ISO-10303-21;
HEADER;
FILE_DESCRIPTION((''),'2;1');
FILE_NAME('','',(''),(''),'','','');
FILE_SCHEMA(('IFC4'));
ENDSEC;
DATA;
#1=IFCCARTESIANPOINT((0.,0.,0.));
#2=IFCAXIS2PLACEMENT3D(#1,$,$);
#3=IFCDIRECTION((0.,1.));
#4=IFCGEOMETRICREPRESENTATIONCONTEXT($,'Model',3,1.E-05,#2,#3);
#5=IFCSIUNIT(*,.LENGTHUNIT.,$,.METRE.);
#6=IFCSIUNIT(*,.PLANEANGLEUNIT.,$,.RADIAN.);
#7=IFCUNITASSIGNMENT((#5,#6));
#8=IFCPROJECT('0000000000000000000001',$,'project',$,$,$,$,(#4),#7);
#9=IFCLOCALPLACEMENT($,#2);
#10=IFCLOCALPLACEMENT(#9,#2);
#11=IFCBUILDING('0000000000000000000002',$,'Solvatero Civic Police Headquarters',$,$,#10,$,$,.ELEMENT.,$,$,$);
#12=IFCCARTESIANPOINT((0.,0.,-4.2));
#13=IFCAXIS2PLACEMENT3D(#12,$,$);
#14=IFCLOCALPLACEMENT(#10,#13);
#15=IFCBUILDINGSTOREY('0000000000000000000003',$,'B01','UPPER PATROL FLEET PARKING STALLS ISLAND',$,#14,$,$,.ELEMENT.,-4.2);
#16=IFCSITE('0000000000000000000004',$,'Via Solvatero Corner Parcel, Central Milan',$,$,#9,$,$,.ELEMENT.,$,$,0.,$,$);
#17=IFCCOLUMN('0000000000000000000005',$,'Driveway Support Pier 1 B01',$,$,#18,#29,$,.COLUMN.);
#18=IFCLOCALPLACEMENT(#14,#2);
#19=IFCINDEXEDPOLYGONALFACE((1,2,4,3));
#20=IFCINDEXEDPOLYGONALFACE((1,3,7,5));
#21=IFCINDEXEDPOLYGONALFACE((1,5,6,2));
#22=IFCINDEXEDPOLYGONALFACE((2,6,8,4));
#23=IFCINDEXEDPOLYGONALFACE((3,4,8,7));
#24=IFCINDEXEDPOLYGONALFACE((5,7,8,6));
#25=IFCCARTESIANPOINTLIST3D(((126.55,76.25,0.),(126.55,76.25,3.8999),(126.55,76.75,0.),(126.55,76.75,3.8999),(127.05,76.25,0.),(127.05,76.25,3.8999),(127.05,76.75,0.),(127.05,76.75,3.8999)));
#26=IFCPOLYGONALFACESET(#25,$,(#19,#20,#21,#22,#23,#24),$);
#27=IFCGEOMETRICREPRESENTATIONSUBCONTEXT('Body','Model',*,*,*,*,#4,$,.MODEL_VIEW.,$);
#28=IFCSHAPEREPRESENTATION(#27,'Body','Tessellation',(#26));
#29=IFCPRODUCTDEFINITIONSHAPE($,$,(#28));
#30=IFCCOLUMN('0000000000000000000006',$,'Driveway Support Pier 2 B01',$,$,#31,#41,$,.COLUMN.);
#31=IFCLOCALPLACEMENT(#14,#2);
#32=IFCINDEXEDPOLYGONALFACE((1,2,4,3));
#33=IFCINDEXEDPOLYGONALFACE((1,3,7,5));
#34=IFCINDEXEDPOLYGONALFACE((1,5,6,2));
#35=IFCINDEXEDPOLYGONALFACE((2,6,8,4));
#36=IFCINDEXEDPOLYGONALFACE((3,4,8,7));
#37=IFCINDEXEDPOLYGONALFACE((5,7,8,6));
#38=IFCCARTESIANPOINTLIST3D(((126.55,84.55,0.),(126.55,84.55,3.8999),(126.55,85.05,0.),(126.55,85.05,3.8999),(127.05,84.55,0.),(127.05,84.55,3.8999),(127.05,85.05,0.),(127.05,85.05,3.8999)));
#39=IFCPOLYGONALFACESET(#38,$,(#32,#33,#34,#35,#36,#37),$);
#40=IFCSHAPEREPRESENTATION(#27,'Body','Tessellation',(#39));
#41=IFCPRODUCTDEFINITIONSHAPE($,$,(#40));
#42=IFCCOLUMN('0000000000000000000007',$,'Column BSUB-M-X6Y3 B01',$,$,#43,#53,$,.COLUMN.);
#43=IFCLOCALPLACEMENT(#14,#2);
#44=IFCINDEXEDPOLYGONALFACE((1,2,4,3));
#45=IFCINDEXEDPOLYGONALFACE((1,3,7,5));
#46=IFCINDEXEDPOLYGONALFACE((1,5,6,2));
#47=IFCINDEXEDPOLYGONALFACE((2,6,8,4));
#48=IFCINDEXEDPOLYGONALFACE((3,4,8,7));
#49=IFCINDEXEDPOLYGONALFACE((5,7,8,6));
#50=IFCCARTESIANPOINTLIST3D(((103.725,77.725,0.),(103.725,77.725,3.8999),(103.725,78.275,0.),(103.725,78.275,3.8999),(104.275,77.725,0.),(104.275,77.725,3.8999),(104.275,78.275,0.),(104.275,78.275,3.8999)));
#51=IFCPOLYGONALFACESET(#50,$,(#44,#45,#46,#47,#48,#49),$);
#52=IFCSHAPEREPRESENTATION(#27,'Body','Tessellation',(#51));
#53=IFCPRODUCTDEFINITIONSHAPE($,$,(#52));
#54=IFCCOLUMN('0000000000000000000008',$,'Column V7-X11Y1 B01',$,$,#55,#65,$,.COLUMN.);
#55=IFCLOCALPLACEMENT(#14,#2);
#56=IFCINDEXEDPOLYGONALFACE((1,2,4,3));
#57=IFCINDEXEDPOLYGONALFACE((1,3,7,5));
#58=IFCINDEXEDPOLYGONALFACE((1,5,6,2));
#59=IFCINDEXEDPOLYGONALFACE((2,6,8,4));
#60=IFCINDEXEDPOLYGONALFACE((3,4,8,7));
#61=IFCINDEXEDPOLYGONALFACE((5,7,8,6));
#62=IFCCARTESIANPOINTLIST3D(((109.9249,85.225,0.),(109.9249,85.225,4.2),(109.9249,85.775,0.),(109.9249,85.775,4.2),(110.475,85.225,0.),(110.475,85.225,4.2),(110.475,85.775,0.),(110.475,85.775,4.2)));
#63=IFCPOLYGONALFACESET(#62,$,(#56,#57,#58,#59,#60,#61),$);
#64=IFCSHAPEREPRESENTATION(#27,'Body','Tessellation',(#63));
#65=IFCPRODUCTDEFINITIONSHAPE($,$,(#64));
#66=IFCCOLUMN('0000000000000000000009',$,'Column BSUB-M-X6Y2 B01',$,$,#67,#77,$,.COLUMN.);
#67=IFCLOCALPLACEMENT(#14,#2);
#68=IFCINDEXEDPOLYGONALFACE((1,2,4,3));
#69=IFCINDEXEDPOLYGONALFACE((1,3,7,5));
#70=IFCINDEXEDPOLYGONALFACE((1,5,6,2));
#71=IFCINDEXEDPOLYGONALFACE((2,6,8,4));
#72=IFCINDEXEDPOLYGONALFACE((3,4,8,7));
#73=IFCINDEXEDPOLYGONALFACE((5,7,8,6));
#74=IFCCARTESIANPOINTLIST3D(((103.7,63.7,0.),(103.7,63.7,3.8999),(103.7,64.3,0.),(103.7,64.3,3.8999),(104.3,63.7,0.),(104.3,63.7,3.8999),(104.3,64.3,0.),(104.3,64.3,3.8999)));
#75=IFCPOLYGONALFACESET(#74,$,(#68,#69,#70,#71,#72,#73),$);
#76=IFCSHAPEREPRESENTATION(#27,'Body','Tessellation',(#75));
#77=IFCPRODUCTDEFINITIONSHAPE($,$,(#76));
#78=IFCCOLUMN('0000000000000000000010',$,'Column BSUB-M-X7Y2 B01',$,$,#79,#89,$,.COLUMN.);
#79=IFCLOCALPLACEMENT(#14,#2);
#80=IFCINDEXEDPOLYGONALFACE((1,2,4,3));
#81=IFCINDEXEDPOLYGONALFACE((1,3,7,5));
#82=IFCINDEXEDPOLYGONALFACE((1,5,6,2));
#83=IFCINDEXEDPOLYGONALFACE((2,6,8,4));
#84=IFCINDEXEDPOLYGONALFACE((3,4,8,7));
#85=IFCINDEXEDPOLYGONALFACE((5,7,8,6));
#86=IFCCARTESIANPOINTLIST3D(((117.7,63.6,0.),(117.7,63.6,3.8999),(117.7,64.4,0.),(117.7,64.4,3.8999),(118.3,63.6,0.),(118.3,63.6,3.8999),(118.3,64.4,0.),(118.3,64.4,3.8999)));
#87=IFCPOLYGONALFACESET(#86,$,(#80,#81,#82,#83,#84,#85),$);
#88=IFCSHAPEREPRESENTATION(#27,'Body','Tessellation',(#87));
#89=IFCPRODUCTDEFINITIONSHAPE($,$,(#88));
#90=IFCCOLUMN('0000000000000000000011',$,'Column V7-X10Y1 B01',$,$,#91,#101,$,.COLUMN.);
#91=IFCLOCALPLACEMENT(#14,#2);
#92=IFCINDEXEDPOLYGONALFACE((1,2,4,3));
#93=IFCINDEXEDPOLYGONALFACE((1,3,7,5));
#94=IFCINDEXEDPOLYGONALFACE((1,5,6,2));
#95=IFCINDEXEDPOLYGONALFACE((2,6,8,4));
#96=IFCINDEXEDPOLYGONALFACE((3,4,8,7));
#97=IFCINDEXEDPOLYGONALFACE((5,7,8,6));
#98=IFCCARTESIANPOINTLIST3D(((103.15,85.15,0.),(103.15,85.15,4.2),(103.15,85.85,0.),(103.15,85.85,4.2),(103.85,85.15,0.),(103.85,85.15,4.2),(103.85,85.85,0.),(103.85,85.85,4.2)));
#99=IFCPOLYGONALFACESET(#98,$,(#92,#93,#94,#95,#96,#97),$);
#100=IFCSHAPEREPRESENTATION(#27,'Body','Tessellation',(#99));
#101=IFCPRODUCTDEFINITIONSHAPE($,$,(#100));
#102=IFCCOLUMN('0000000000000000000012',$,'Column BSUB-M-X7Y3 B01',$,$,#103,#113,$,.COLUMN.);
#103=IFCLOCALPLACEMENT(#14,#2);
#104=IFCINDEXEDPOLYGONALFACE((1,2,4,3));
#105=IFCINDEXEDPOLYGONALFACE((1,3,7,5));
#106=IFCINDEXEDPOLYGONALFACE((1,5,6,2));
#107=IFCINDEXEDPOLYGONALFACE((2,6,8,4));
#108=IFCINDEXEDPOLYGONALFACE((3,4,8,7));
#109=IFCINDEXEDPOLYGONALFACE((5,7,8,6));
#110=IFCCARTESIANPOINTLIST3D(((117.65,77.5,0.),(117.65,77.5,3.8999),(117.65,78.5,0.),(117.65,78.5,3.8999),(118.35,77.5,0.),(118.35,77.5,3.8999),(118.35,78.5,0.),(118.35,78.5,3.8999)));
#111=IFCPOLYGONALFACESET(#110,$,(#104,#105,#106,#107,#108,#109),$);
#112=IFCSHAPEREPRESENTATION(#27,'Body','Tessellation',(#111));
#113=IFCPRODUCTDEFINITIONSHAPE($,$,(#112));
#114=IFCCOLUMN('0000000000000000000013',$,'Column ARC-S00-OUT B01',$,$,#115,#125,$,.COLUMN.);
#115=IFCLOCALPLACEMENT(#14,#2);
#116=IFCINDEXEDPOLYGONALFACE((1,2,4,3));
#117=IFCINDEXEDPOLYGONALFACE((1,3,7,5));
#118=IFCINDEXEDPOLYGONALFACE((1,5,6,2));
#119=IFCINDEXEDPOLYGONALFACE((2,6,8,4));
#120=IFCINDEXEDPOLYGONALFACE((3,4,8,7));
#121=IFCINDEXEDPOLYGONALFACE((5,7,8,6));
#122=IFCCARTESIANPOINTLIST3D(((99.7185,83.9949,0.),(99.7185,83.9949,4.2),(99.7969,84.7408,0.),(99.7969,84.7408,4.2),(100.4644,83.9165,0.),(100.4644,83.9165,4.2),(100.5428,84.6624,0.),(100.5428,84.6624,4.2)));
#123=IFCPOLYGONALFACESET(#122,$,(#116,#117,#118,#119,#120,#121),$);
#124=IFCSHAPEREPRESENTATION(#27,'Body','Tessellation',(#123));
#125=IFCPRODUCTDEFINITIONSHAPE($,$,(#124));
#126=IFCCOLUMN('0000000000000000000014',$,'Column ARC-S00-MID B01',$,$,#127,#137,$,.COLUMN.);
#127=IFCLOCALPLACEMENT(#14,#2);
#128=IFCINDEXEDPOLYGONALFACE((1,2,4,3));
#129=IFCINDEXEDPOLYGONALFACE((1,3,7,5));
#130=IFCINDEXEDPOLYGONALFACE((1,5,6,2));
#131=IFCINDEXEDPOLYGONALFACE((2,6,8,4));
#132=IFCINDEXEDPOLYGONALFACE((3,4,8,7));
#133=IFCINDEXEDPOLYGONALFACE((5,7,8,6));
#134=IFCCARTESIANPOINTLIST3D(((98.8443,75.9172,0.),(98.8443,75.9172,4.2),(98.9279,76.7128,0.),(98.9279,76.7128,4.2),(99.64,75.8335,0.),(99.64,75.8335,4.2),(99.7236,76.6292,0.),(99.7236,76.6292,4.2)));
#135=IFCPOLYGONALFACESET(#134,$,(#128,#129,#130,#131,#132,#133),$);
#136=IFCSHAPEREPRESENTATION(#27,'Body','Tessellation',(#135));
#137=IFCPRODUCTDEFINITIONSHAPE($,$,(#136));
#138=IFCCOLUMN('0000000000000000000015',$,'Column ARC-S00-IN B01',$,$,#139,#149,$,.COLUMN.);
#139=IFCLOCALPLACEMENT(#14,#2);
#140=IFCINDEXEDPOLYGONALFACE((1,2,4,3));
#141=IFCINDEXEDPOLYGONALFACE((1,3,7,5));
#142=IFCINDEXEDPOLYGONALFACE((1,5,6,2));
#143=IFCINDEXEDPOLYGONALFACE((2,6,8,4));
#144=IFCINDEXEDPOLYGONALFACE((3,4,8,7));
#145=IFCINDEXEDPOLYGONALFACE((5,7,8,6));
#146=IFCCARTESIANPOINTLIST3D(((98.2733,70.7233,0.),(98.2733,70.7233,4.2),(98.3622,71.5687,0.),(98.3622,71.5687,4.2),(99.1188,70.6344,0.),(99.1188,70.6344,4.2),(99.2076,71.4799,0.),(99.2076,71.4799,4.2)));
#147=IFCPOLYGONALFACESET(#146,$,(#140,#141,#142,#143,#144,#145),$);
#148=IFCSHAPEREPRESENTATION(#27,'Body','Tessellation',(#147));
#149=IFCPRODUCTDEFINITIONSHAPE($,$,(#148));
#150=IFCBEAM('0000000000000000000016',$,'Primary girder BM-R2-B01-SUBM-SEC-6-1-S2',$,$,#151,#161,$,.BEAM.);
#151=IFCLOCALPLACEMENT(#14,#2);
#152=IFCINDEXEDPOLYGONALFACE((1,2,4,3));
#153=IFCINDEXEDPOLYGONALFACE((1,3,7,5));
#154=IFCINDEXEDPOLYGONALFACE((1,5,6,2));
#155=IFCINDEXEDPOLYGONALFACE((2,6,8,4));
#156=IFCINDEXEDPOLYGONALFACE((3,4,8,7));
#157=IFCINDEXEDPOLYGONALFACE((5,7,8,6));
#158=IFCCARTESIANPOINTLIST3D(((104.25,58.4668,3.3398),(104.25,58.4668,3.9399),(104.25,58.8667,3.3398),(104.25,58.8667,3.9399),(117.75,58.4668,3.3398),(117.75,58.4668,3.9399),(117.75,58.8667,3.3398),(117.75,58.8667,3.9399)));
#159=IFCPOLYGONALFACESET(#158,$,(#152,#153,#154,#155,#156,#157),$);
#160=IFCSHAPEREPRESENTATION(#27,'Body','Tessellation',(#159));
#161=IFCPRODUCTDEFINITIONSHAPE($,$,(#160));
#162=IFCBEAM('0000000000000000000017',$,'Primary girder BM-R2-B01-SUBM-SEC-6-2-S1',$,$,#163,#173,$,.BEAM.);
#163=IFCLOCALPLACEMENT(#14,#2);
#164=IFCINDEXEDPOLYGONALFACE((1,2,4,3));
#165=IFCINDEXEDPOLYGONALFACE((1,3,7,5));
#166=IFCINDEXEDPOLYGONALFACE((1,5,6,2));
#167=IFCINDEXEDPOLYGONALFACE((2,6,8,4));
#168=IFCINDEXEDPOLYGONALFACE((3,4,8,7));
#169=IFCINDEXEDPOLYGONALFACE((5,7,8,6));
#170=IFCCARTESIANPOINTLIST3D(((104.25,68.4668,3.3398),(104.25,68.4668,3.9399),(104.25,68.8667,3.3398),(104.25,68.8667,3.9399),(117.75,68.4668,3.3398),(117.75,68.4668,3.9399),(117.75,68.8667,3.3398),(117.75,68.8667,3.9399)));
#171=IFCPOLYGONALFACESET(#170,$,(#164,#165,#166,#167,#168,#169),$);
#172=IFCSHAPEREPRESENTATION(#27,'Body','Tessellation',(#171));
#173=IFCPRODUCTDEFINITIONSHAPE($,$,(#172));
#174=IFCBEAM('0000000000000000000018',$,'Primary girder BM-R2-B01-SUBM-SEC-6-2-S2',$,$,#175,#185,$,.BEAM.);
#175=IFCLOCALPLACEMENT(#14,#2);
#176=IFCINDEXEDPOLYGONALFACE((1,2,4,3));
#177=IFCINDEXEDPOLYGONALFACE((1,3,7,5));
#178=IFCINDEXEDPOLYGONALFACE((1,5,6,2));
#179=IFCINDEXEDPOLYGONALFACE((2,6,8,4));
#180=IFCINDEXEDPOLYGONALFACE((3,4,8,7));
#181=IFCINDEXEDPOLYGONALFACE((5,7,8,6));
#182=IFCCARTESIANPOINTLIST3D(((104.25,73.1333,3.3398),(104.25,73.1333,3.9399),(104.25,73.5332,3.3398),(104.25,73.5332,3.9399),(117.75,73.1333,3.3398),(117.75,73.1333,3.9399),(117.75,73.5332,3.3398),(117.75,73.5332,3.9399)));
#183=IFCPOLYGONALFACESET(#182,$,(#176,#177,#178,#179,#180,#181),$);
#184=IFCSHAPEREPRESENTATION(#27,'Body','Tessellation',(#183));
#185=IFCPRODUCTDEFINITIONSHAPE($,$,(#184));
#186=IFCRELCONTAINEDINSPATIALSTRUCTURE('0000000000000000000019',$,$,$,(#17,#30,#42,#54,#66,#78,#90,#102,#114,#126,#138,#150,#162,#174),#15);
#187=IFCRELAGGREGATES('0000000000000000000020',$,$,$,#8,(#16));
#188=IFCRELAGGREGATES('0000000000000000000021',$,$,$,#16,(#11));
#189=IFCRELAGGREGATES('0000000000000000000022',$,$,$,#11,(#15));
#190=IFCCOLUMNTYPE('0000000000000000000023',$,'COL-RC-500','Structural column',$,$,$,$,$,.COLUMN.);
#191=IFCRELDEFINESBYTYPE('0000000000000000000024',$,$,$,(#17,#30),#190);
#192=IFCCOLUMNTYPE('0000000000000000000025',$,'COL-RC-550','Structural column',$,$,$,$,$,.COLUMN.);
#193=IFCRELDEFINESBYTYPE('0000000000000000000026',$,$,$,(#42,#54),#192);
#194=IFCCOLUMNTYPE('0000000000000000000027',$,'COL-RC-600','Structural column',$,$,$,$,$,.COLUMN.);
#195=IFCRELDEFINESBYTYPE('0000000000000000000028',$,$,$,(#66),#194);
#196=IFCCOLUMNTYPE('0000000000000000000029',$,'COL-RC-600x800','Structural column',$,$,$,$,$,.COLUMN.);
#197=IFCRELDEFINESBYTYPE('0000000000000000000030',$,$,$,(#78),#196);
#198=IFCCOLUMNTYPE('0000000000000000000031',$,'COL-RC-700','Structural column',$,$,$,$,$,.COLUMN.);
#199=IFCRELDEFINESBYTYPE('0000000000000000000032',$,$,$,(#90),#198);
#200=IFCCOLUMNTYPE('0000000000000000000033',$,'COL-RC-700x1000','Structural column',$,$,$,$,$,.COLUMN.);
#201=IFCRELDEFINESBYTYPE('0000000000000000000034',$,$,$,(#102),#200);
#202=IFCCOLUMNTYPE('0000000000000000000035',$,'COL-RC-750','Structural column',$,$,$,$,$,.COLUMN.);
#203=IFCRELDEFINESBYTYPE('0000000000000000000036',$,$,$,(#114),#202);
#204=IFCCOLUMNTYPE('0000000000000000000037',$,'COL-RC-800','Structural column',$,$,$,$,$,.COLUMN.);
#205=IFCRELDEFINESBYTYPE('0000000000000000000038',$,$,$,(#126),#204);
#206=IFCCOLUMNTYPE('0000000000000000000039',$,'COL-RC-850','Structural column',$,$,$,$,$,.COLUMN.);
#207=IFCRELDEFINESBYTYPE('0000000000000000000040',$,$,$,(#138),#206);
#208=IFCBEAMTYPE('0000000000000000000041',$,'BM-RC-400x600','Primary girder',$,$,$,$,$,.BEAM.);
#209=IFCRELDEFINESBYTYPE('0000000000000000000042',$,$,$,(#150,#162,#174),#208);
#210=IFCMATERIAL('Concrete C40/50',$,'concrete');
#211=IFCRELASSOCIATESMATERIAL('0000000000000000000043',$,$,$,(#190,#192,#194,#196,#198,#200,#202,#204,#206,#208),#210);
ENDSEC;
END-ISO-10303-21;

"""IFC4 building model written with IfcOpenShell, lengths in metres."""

from ifc_helpers import new_model, si_unit, direction, frame, origin, origin_2d, place, context, subcontext, project, spatial, rectangle, extrude, material, material_profile, profile_set, type_object, element, save


model = new_model("IFC4")

# Units and contexts
model_context = context("Model", 3, precision=1e-05, world=origin(), true_north=direction((0.0, 1.0)))
body_context = subcontext(model_context, "Body", "Model", "MODEL_VIEW")
ifc_project = project(units=[si_unit("LENGTHUNIT", "METRE"), si_unit("PLANEANGLEUNIT", "RADIAN")], contexts=[model_context])

# Site, building, storey
site_placement = place(None, origin())
site = spatial("IfcSite", under=ifc_project, at=site_placement, Name="Via Solvatero Corner Parcel, Central Milan", CompositionType="ELEMENT", RefElevation=0.0)
building_placement = place(site_placement, origin())
building = spatial("IfcBuilding", under=site, at=building_placement, Name="Solvatero Civic Police Headquarters", CompositionType="ELEMENT")
storey_placement = place(building_placement, frame((0.0, 0.0, -4.2)))
storey = spatial("IfcBuildingStorey", under=building, at=storey_placement, Name="B01", Description="UPPER PATROL FLEET PARKING STALLS ISLAND", CompositionType="ELEMENT", Elevation=-4.2)

# Columns
ifc_material_1 = material(Name="Concrete C40/50", Category="concrete")
ifc_material_profile_1 = material_profile(ifc_material_1, rectangle(XDim=0.5, YDim=0.5, at=origin_2d()), Name="RC 500x500")
ifc_profile_set_1 = profile_set([ifc_material_profile_1], Name="Concrete C40/50")
column_type_1 = type_object("IfcColumnType", Name="COL-RC-500", Description="Structural column", PredefinedType="COLUMN", material=ifc_profile_set_1)
for number, where, z_axis, x_axis, name in (
    (1, (126.8, 76.5, 0.0), (0.0, 0.0, 1.0), (1.0, 0.0, 0.0), "Driveway Support Pier 1 B01"),
    (2, (126.8, 84.8, 0.0), (0.0, 0.0, 1.0), (1.0, 0.0, 0.0), "Driveway Support Pier 2 B01"),
):
    element("IfcColumn", number, at=place(storey_placement, frame(where, z_axis=z_axis, x_axis=x_axis)), inside=storey, type_object=column_type_1, Name=name, PredefinedType="COLUMN", context=body_context, shape_type="SweptSolid", body=[
        extrude(rectangle(XDim=0.5, YDim=0.5, at=origin_2d()), origin(), (0.0, 0.0, 1.0), 3.8999),
    ])
ifc_material_profile_2 = material_profile(ifc_material_1, rectangle(XDim=0.55, YDim=0.55, at=origin_2d()), Name="RC 550x550")
ifc_profile_set_2 = profile_set([ifc_material_profile_2], Name="Concrete C40/50")
column_type_2 = type_object("IfcColumnType", Name="COL-RC-550", Description="Structural column", PredefinedType="COLUMN", material=ifc_profile_set_2)
column_1_placement = place(storey_placement, frame((104.0, 78.0, 0.0), z_axis=(0.0, 0.0, 1.0), x_axis=(1.0, 0.0, 0.0)))
element("IfcColumn", 3, at=column_1_placement, inside=storey, type_object=column_type_2, Name="Column BSUB-M-X6Y3 B01", PredefinedType="COLUMN", context=body_context, shape_type="SweptSolid", body=[
    extrude(rectangle(XDim=0.55, YDim=0.55, at=origin_2d()), origin(), (0.0, 0.0, 1.0), 3.8999),
])
column_2_placement = place(storey_placement, frame((110.2, 85.5, 0.0), z_axis=(0.0, 0.0, 1.0), x_axis=(1.0, 0.0, 0.0)))
element("IfcColumn", 4, at=column_2_placement, inside=storey, type_object=column_type_2, Name="Column V7-X11Y1 B01", PredefinedType="COLUMN", context=body_context, shape_type="SweptSolid", body=[
    extrude(rectangle(XDim=0.55, YDim=0.55, at=origin_2d()), origin(), (0.0, 0.0, 1.0), 4.2),
])
ifc_material_profile_3 = material_profile(ifc_material_1, rectangle(XDim=0.6001, YDim=0.6001, at=origin_2d()), Name="RC 600x600")
ifc_profile_set_3 = profile_set([ifc_material_profile_3], Name="Concrete C40/50")
column_type_3 = type_object("IfcColumnType", Name="COL-RC-600", Description="Structural column", PredefinedType="COLUMN", material=ifc_profile_set_3)
column_3_placement = place(storey_placement, frame((104.0, 64.0, 0.0), z_axis=(0.0, 0.0, 1.0), x_axis=(1.0, 0.0, 0.0)))
element("IfcColumn", 5, at=column_3_placement, inside=storey, type_object=column_type_3, Name="Column BSUB-M-X6Y2 B01", PredefinedType="COLUMN", context=body_context, shape_type="SweptSolid", body=[
    extrude(rectangle(XDim=0.6001, YDim=0.6001, at=origin_2d()), origin(), (0.0, 0.0, 1.0), 3.8999),
])
ifc_material_profile_4 = material_profile(ifc_material_1, rectangle(XDim=0.6001, YDim=0.8, at=origin_2d()), Name="RC 600x800")
ifc_profile_set_4 = profile_set([ifc_material_profile_4], Name="Concrete C40/50")
column_type_4 = type_object("IfcColumnType", Name="COL-RC-600x800", Description="Structural column", PredefinedType="COLUMN", material=ifc_profile_set_4)
column_4_placement = place(storey_placement, frame((118.0, 64.0, 0.0), z_axis=(0.0, 0.0, 1.0), x_axis=(1.0, 0.0, 0.0)))
element("IfcColumn", 6, at=column_4_placement, inside=storey, type_object=column_type_4, Name="Column BSUB-M-X7Y2 B01", PredefinedType="COLUMN", context=body_context, shape_type="SweptSolid", body=[
    extrude(rectangle(XDim=0.6001, YDim=0.8, at=origin_2d()), origin(), (0.0, 0.0, 1.0), 3.8999),
])
ifc_material_profile_5 = material_profile(ifc_material_1, rectangle(XDim=0.7, YDim=0.7, at=origin_2d()), Name="RC 700x700")
ifc_profile_set_5 = profile_set([ifc_material_profile_5], Name="Concrete C40/50")
column_type_5 = type_object("IfcColumnType", Name="COL-RC-700", Description="Structural column", PredefinedType="COLUMN", material=ifc_profile_set_5)
column_5_placement = place(storey_placement, frame((103.5, 85.5, 0.0), z_axis=(0.0, 0.0, 1.0), x_axis=(1.0, 0.0, 0.0)))
element("IfcColumn", 7, at=column_5_placement, inside=storey, type_object=column_type_5, Name="Column V7-X10Y1 B01", PredefinedType="COLUMN", context=body_context, shape_type="SweptSolid", body=[
    extrude(rectangle(XDim=0.7, YDim=0.7, at=origin_2d()), origin(), (0.0, 0.0, 1.0), 4.2),
])
ifc_material_profile_6 = material_profile(ifc_material_1, rectangle(XDim=0.7, YDim=1.0, at=origin_2d()), Name="RC 700x1000")
ifc_profile_set_6 = profile_set([ifc_material_profile_6], Name="Concrete C40/50")
column_type_6 = type_object("IfcColumnType", Name="COL-RC-700x1000", Description="Structural column", PredefinedType="COLUMN", material=ifc_profile_set_6)
column_6_placement = place(storey_placement, frame((118.0, 78.0, 0.0), z_axis=(0.0, 0.0, 1.0), x_axis=(1.0, 0.0, 0.0)))
element("IfcColumn", 8, at=column_6_placement, inside=storey, type_object=column_type_6, Name="Column BSUB-M-X7Y3 B01", PredefinedType="COLUMN", context=body_context, shape_type="SweptSolid", body=[
    extrude(rectangle(XDim=0.7, YDim=1.0, at=origin_2d()), origin(), (0.0, 0.0, 1.0), 3.8999),
])
ifc_material_profile_7 = material_profile(ifc_material_1, rectangle(XDim=0.75, YDim=0.75, at=origin_2d()), Name="RC 750x750")
ifc_profile_set_7 = profile_set([ifc_material_profile_7], Name="Concrete C40/50")
column_type_7 = type_object("IfcColumnType", Name="COL-RC-750", Description="Structural column", PredefinedType="COLUMN", material=ifc_profile_set_7)
column_7_placement = place(storey_placement, frame((100.1306, 84.3286, 0.0), z_axis=(0.0, 0.0, 1.0), x_axis=(0.994522, -0.104528, 0.0)))
element("IfcColumn", 9, at=column_7_placement, inside=storey, type_object=column_type_7, Name="Column ARC-S00-OUT B01", PredefinedType="COLUMN", context=body_context, shape_type="SweptSolid", body=[
    extrude(rectangle(XDim=0.75, YDim=0.75, at=origin_2d()), origin(), (0.0, 0.0, 1.0), 4.2),
])
ifc_material_profile_8 = material_profile(ifc_material_1, rectangle(XDim=0.8, YDim=0.8, at=origin_2d()), Name="RC 800x800")
ifc_profile_set_8 = profile_set([ifc_material_profile_8], Name="Concrete C40/50")
column_type_8 = type_object("IfcColumnType", Name="COL-RC-800", Description="Structural column", PredefinedType="COLUMN", material=ifc_profile_set_8)
column_8_placement = place(storey_placement, frame((99.2839, 76.2732, 0.0), z_axis=(0.0, 0.0, 1.0), x_axis=(0.994522, -0.104528, 0.0)))
element("IfcColumn", 10, at=column_8_placement, inside=storey, type_object=column_type_8, Name="Column ARC-S00-MID B01", PredefinedType="COLUMN", context=body_context, shape_type="SweptSolid", body=[
    extrude(rectangle(XDim=0.8, YDim=0.8, at=origin_2d()), origin(), (0.0, 0.0, 1.0), 4.2),
])
ifc_material_profile_9 = material_profile(ifc_material_1, rectangle(XDim=0.8501, YDim=0.8501, at=origin_2d()), Name="RC 850x850")
ifc_profile_set_9 = profile_set([ifc_material_profile_9], Name="Concrete C40/50")
column_type_9 = type_object("IfcColumnType", Name="COL-RC-850", Description="Structural column", PredefinedType="COLUMN", material=ifc_profile_set_9)
column_9_placement = place(storey_placement, frame((98.7405, 71.1016, 0.0), z_axis=(0.0, 0.0, 1.0), x_axis=(0.994522, -0.104528, 0.0)))
element("IfcColumn", 11, at=column_9_placement, inside=storey, type_object=column_type_9, Name="Column ARC-S00-IN B01", PredefinedType="COLUMN", context=body_context, shape_type="SweptSolid", body=[
    extrude(rectangle(XDim=0.8501, YDim=0.8501, at=origin_2d()), origin(), (0.0, 0.0, 1.0), 4.2),
])

# Beams
ifc_material_profile_10 = material_profile(ifc_material_1, rectangle(XDim=0.3999, YDim=0.6001, at=origin_2d()), Name="RC 400x600")
ifc_profile_set_10 = profile_set([ifc_material_profile_10], Name="Concrete C40/50")
beam_type_1 = type_object("IfcBeamType", Name="BM-RC-400x600", Description="Primary girder", PredefinedType="BEAM", material=ifc_profile_set_10)
for number, where, z_axis, x_axis, name in (
    (12, (104.25, 58.6667, 3.6399), (1.0, 0.0, 0.0), (0.0, 1.0, 0.0), "Primary girder BM-R2-B01-SUBM-SEC-6-1-S2"),
    (13, (104.25, 68.6667, 3.6399), (1.0, 0.0, 0.0), (0.0, 1.0, 0.0), "Primary girder BM-R2-B01-SUBM-SEC-6-2-S1"),
    (14, (104.25, 73.3333, 3.6399), (1.0, 0.0, 0.0), (0.0, 1.0, 0.0), "Primary girder BM-R2-B01-SUBM-SEC-6-2-S2"),
):
    element("IfcBeam", number, at=place(storey_placement, frame(where, z_axis=z_axis, x_axis=x_axis)), inside=storey, type_object=beam_type_1, Name=name, PredefinedType="BEAM", context=body_context, shape_type="SweptSolid", body=[
        extrude(rectangle(XDim=0.3999, YDim=0.6001, at=origin_2d()), origin(), (0.0, 0.0, 1.0), 13.5),
    ])

save(model, "model.ifc")
